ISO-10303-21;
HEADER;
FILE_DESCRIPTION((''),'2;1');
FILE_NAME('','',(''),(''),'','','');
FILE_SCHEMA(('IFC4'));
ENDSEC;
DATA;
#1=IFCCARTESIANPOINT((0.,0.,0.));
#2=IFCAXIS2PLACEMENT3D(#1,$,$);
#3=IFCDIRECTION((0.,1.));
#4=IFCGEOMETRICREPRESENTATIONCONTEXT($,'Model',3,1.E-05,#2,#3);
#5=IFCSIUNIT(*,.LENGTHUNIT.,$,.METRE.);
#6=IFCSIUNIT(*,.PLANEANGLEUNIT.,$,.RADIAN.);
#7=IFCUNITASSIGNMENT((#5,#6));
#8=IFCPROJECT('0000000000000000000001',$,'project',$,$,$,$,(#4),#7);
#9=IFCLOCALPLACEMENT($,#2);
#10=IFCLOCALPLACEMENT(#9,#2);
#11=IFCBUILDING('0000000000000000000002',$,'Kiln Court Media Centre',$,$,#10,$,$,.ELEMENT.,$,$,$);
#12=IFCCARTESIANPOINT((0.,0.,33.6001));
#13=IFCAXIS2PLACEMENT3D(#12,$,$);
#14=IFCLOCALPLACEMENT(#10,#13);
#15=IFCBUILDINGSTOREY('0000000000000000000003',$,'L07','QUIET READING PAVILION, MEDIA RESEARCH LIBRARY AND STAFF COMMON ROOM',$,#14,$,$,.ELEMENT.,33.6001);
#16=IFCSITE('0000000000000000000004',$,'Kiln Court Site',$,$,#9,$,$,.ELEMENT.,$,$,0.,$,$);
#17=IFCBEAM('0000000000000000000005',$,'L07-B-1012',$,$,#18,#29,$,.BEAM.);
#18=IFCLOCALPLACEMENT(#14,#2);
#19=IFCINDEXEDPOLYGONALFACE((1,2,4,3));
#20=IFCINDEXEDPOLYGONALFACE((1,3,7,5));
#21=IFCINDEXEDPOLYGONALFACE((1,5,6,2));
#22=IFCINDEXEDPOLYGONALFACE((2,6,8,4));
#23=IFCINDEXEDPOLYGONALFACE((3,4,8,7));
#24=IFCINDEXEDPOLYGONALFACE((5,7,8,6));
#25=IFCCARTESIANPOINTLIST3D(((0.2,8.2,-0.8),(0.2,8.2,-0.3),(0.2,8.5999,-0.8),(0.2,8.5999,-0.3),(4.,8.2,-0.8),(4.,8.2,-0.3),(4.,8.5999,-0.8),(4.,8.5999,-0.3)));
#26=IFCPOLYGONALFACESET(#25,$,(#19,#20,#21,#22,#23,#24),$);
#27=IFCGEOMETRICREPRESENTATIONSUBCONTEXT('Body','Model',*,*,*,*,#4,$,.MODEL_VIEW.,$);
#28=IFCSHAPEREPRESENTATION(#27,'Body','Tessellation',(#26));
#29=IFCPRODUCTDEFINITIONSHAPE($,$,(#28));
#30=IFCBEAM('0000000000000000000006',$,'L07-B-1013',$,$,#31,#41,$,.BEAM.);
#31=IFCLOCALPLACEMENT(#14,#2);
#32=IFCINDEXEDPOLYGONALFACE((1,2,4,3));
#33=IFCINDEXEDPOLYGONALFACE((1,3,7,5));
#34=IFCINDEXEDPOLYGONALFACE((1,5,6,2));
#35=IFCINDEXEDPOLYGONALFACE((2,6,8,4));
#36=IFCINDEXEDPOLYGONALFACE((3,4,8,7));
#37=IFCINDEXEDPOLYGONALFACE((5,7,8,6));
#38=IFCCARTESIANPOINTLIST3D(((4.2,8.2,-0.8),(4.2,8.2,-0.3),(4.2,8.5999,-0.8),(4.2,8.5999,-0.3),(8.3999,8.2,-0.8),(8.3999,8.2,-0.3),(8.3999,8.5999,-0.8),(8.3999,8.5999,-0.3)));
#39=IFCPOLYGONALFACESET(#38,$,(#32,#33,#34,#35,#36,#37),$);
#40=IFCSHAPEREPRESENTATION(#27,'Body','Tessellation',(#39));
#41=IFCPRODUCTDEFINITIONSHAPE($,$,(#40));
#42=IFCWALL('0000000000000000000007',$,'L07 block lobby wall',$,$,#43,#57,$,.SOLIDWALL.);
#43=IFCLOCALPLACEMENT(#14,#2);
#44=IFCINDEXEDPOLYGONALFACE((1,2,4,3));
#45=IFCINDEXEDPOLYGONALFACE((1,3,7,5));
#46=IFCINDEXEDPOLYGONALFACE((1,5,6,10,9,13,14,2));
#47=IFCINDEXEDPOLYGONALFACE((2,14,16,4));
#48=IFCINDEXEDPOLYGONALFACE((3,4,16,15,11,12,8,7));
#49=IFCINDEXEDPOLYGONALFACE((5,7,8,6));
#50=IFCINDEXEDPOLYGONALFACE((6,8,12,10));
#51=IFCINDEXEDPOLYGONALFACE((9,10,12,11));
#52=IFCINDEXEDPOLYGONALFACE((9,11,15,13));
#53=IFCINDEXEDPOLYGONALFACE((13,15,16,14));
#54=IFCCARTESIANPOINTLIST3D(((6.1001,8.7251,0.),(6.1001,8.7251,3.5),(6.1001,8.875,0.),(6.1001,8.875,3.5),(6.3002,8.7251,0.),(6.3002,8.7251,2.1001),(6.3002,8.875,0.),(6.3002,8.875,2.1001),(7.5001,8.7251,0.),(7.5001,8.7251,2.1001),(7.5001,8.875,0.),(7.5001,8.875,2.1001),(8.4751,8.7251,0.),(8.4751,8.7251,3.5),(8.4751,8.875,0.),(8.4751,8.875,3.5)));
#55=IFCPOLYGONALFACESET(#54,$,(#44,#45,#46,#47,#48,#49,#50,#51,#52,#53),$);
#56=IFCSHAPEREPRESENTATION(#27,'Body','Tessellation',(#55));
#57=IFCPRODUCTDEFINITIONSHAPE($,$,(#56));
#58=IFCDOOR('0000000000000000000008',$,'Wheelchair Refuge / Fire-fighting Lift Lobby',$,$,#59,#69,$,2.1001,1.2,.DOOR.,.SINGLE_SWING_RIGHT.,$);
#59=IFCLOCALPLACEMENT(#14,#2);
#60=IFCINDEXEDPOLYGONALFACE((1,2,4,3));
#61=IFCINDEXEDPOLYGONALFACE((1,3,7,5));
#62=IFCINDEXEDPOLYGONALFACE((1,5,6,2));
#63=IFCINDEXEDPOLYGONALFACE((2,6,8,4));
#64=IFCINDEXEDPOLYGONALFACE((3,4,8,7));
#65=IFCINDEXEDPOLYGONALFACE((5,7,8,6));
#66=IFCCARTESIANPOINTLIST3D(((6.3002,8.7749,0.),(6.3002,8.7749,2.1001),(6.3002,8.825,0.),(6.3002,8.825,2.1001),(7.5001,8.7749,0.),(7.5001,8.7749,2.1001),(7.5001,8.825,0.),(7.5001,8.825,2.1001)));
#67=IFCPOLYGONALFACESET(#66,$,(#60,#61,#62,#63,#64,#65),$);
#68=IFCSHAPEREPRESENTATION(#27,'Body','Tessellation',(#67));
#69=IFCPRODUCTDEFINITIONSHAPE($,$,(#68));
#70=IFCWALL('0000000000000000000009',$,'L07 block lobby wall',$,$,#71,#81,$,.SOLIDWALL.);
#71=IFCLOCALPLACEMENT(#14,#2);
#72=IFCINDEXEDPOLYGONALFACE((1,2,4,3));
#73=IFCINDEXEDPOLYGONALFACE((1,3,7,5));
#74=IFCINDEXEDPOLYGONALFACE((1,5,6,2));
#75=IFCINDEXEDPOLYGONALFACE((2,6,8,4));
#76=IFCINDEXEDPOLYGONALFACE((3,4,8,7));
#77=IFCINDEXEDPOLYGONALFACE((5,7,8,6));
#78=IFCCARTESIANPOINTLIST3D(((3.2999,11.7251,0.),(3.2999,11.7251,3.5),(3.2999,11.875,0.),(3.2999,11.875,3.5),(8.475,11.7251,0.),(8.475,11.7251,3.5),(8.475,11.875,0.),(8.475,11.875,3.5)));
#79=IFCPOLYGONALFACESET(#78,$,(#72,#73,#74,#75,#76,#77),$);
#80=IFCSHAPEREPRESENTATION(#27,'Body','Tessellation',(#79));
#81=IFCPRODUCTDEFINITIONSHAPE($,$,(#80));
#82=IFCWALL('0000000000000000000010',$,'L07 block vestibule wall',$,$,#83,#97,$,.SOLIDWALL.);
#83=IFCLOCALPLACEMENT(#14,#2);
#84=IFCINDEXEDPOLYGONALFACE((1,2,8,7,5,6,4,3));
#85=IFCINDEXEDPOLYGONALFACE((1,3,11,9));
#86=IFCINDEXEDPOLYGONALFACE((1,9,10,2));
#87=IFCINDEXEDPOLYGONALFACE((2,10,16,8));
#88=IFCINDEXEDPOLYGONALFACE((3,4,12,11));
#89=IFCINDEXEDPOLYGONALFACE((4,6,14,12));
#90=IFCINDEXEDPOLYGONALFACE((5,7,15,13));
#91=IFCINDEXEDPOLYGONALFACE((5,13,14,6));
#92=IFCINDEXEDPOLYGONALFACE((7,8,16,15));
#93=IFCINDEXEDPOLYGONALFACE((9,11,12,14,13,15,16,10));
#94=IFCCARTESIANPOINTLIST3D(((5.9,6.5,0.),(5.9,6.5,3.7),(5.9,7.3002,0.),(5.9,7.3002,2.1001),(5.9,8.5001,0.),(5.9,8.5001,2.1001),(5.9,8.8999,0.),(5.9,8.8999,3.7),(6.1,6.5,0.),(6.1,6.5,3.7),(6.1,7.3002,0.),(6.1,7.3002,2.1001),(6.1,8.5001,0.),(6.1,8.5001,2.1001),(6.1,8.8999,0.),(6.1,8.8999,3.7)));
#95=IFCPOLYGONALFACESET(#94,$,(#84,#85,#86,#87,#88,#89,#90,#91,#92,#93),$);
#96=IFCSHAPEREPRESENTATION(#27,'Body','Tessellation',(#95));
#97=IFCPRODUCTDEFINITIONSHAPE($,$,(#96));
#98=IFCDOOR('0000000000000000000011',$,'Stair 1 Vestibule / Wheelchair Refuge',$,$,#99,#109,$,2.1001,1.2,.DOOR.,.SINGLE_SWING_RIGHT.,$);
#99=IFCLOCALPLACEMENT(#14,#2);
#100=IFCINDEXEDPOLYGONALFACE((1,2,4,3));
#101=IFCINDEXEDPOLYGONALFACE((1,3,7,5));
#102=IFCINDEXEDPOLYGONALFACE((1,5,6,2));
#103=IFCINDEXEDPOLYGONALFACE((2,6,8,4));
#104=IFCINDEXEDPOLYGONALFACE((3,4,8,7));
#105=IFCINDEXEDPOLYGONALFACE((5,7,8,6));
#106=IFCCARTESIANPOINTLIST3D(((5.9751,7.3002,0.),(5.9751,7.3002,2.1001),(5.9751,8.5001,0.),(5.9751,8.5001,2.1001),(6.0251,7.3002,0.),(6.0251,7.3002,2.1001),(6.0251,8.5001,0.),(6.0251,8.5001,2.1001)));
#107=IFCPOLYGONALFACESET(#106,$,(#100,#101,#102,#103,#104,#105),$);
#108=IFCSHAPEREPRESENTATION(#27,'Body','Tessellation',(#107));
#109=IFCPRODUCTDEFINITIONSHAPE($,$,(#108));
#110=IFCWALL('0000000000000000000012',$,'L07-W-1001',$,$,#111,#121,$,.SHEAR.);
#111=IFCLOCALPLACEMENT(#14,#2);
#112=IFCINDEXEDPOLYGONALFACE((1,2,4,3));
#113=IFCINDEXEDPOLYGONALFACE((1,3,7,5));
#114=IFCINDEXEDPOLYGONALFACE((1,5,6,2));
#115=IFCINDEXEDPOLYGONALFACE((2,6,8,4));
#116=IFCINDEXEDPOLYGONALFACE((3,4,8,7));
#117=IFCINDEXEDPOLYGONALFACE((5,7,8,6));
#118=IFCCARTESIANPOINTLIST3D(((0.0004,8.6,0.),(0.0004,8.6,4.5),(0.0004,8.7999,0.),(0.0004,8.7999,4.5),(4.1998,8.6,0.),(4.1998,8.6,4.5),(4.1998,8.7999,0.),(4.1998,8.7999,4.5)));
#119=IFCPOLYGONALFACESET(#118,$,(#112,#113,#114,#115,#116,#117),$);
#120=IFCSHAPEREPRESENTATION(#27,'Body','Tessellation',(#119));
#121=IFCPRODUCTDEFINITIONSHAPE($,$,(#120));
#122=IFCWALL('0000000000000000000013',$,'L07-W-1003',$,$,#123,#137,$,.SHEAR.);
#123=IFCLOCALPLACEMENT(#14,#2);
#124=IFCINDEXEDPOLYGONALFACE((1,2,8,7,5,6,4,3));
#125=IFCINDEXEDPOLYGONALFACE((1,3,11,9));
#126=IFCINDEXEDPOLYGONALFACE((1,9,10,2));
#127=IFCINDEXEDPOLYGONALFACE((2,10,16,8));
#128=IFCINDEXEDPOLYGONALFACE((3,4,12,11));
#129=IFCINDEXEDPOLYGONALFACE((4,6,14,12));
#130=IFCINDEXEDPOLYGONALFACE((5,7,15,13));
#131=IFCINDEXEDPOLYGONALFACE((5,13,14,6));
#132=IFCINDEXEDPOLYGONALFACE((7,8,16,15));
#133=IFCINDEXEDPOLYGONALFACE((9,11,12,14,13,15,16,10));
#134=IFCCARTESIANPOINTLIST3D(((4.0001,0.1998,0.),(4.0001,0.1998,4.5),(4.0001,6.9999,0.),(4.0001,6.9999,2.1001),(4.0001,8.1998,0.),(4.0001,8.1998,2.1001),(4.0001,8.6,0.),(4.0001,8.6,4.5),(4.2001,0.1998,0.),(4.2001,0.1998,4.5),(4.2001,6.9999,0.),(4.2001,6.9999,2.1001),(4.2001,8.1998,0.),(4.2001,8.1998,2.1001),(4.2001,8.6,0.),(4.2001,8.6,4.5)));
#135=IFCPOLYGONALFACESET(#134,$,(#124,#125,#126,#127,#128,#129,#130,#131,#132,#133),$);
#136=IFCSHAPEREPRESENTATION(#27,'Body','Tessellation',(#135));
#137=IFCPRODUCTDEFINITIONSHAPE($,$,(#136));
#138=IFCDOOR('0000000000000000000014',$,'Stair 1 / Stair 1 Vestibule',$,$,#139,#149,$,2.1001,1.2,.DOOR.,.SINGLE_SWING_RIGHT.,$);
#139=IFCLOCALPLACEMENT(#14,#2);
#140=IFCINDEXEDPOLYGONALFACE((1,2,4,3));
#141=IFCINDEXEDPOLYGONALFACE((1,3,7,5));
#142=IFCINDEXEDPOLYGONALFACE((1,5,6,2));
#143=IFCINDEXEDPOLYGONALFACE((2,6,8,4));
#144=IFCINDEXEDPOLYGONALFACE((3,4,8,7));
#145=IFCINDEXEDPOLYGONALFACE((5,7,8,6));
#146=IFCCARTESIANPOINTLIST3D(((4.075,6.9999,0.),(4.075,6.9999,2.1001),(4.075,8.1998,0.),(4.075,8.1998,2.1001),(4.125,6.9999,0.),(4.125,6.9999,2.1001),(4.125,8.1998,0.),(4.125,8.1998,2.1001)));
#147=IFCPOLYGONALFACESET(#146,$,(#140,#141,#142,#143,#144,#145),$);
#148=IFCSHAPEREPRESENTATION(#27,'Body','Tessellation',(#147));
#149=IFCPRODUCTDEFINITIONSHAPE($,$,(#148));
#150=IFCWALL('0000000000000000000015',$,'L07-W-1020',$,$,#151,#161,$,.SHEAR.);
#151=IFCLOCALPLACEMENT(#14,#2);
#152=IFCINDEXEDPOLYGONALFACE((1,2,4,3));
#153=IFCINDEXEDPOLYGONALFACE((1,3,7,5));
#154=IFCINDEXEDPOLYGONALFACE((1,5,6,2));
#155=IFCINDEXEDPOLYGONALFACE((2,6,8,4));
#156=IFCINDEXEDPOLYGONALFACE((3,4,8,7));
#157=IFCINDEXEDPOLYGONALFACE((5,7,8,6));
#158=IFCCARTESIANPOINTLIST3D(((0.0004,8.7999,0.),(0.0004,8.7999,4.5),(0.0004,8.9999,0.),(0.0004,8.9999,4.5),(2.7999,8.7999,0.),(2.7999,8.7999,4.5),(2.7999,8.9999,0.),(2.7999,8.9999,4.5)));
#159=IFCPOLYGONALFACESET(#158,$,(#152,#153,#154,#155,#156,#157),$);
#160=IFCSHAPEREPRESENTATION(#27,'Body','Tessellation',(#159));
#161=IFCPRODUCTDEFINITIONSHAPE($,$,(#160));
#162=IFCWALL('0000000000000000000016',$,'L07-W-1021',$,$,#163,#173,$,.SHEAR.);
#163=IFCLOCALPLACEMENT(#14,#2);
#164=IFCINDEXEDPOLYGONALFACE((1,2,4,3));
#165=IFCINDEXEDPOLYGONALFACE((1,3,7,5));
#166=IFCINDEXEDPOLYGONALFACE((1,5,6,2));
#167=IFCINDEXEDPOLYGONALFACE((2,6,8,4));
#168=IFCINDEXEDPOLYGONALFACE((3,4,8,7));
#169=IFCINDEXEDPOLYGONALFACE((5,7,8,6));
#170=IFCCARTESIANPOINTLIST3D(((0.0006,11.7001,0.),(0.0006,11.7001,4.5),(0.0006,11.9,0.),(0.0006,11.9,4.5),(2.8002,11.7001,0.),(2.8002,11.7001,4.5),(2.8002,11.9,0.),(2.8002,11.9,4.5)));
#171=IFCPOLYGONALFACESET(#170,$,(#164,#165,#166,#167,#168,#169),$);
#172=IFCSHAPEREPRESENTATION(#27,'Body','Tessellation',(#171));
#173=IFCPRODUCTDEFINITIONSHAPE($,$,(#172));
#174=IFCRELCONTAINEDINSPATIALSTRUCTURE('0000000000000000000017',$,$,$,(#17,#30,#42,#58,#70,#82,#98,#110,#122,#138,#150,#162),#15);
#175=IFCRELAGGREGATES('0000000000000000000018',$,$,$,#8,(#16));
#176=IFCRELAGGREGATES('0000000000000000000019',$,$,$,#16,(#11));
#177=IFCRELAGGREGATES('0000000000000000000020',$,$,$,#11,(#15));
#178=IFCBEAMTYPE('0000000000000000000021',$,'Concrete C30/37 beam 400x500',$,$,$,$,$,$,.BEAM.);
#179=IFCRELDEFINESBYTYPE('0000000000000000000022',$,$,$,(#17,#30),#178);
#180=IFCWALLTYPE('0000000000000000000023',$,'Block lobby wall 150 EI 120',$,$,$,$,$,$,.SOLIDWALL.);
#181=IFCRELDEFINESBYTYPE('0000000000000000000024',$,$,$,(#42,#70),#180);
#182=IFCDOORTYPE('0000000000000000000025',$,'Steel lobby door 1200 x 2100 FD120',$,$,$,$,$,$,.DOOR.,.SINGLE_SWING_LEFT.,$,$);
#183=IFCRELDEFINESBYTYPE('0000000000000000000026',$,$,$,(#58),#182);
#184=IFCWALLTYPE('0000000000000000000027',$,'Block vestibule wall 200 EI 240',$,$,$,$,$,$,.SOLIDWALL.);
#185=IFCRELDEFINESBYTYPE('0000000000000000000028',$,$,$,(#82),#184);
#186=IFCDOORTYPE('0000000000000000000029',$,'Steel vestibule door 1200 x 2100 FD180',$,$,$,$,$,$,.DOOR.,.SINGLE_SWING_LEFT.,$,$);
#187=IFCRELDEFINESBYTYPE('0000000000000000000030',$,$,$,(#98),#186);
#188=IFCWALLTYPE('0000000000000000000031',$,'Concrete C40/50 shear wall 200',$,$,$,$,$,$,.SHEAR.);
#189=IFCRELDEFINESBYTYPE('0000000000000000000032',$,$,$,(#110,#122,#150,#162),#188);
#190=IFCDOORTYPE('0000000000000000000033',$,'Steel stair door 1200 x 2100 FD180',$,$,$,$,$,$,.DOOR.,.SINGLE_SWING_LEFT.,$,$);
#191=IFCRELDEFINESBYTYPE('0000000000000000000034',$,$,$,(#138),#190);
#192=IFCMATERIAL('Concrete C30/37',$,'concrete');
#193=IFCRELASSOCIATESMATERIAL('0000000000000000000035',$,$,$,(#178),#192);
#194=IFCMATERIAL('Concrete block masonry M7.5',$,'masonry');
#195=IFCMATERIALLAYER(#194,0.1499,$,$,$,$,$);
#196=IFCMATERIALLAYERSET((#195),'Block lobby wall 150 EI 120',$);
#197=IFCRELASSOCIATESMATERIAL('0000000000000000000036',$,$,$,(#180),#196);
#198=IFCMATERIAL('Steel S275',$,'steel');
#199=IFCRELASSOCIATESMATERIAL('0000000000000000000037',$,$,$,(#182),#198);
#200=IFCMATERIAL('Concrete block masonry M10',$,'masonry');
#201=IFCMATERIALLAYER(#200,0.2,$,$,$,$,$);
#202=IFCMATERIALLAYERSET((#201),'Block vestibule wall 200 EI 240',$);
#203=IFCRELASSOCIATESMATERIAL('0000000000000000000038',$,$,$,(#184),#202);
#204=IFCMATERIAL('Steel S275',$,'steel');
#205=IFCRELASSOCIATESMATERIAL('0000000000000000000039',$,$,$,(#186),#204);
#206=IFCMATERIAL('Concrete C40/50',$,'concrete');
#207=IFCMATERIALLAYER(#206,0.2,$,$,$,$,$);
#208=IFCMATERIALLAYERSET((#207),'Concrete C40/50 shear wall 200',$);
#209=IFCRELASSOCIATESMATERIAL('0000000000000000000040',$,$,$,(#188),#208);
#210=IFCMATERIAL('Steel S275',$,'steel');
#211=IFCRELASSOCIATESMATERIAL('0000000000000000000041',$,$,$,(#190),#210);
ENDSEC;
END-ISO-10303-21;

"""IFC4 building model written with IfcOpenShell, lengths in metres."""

from ifc_helpers import new_model, si_unit, direction, frame, frame_2d, origin, origin_2d, place, context, subcontext, project, spatial, rectangle, extrude, material, layer, layer_set, material_profile, profile_set, type_object, element, fill, save


model = new_model("IFC4")

# Units and contexts
model_context = context("Model", 3, precision=1e-05, world=origin(), true_north=direction((0.0, 1.0)))
body_context = subcontext(model_context, "Body", "Model", "MODEL_VIEW")
ifc_project = project(units=[si_unit("LENGTHUNIT", "METRE"), si_unit("PLANEANGLEUNIT", "RADIAN")], contexts=[model_context])

# Site, building, storey
site_placement = place(None, origin())
site = spatial("IfcSite", under=ifc_project, at=site_placement, Name="Kiln Court Site", CompositionType="ELEMENT", RefElevation=0.0)
building_placement = place(site_placement, origin())
building = spatial("IfcBuilding", under=site, at=building_placement, Name="Kiln Court Media Centre", CompositionType="ELEMENT")
storey_placement = place(building_placement, frame((0.0, 0.0, 33.6001)))
storey = spatial("IfcBuildingStorey", under=building, at=storey_placement, Name="L07", Description="QUIET READING PAVILION, MEDIA RESEARCH LIBRARY AND STAFF COMMON ROOM", CompositionType="ELEMENT", Elevation=33.6001)

# Beams
ifc_material_1 = material(Name="Concrete C30/37", Category="concrete")
ifc_material_profile = material_profile(ifc_material_1, rectangle(XDim=0.3999, YDim=0.5, at=origin_2d()), Name="RC 400x500")
ifc_profile_set = profile_set([ifc_material_profile], Name="Concrete C30/37")
beam_type = type_object("IfcBeamType", Name="Concrete C30/37 beam 400x500", PredefinedType="BEAM", material=ifc_profile_set)
beam_1_placement = place(storey_placement, frame((0.2, 8.3999, -0.55), z_axis=(1.0, 0.0, 0.0), x_axis=(0.0, 1.0, 0.0)))
element("IfcBeam", 1, at=beam_1_placement, inside=storey, type_object=beam_type, Name="L07-B-1012", PredefinedType="BEAM", context=body_context, shape_type="SweptSolid", body=[
    extrude(rectangle(XDim=0.3999, YDim=0.5, at=origin_2d()), origin(), (0.0, 0.0, 1.0), 3.8),
])
beam_2_placement = place(storey_placement, frame((4.2, 8.3999, -0.55), z_axis=(1.0, 0.0, 0.0), x_axis=(0.0, 1.0, 0.0)))
element("IfcBeam", 2, at=beam_2_placement, inside=storey, type_object=beam_type, Name="L07-B-1013", PredefinedType="BEAM", context=body_context, shape_type="SweptSolid", body=[
    extrude(rectangle(XDim=0.3999, YDim=0.5, at=origin_2d()), origin(), (0.0, 0.0, 1.0), 4.2),
])

# Wall, opening, door
ifc_material_2 = material(Name="Concrete block masonry M7.5", Category="masonry")
ifc_layer_1 = layer(ifc_material_2, 0.1499)
ifc_layer_set_1 = layer_set([ifc_layer_1], Name="Block lobby wall 150 EI 120")
wall_type_1 = type_object("IfcWallType", Name="Block lobby wall 150 EI 120", PredefinedType="SOLIDWALL", material=ifc_layer_set_1)
wall_1_placement = place(storey_placement, frame((6.1001, 8.8, 0.0), z_axis=(0.0, 0.0, 1.0), x_axis=(1.0, 0.0, 0.0)))
wall_1 = element("IfcWall", 3, at=wall_1_placement, inside=storey, type_object=wall_type_1, Name="L07 block lobby wall", PredefinedType="SOLIDWALL", context=body_context, shape_type="SweptSolid", body=[
    extrude(rectangle(XDim=2.375, YDim=0.1499, at=frame_2d((1.1875, 0.0))), origin(), (0.0, 0.0, 1.0), 3.5),
])
opening_1_placement = place(wall_1_placement, frame((0.2, 0.0, 0.0)))
opening_1 = element("IfcOpeningElement", 4, at=opening_1_placement, cuts=wall_1, PredefinedType="OPENING", context=body_context, shape_type="SweptSolid", body=[
    extrude(rectangle(XDim=1.2, YDim=2.1001, at=frame_2d((0.6001, 1.05))), frame((0.0, 0.085, 0.0), z_axis=(0.0, -1.0, 0.0), x_axis=(1.0, 0.0, 0.0)), (0.0, 0.0, 1.0), 0.1699),
])
ifc_material_3 = material(Name="Steel S275", Category="steel")
door_type_1 = type_object("IfcDoorType", Name="Steel lobby door 1200 x 2100 FD120", OperationType="SINGLE_SWING_LEFT", PredefinedType="DOOR", material=ifc_material_3)
door_1_placement = place(opening_1_placement, origin())
door_1 = element("IfcDoor", 5, at=door_1_placement, inside=storey, type_object=door_type_1, Name="Wheelchair Refuge / Fire-fighting Lift Lobby", OperationType="SINGLE_SWING_RIGHT", OverallHeight=2.1001, OverallWidth=1.2, PredefinedType="DOOR", context=body_context, shape_type="SweptSolid", body=[
    extrude(rectangle(XDim=1.2, YDim=2.1001, at=frame_2d((0.6001, 1.05))), frame((0.0, 0.0249, 0.0), z_axis=(0.0, -1.0, 0.0), x_axis=(1.0, 0.0, 0.0)), (0.0, 0.0, 1.0), 0.05),
])
fill(opening_1, door_1)

# Wall
wall_2_placement = place(storey_placement, frame((3.3, 11.8, 0.0), z_axis=(0.0, 0.0, 1.0), x_axis=(1.0, 0.0, 0.0)))
element("IfcWall", 6, at=wall_2_placement, inside=storey, type_object=wall_type_1, Name="L07 block lobby wall", PredefinedType="SOLIDWALL", context=body_context, shape_type="SweptSolid", body=[
    extrude(rectangle(XDim=5.175, YDim=0.1499, at=frame_2d((2.5874, 0.0))), origin(), (0.0, 0.0, 1.0), 3.5),
])

# Wall, opening, door
ifc_material_4 = material(Name="Concrete block masonry M10", Category="masonry")
ifc_layer_2 = layer(ifc_material_4, 0.2)
ifc_layer_set_2 = layer_set([ifc_layer_2], Name="Block vestibule wall 200 EI 240")
wall_type_2 = type_object("IfcWallType", Name="Block vestibule wall 200 EI 240", PredefinedType="SOLIDWALL", material=ifc_layer_set_2)
wall_3_placement = place(storey_placement, frame((6.0, 6.5, 0.0), z_axis=(0.0, 0.0, 1.0), x_axis=(0.0, 1.0, 0.0)))
wall_3 = element("IfcWall", 7, at=wall_3_placement, inside=storey, type_object=wall_type_2, Name="L07 block vestibule wall", PredefinedType="SOLIDWALL", context=body_context, shape_type="SweptSolid", body=[
    extrude(rectangle(XDim=2.3999, YDim=0.2, at=frame_2d((1.2, 0.0))), origin(), (0.0, 0.0, 1.0), 3.7),
])
opening_2_placement = place(wall_3_placement, frame((0.8, 0.0, 0.0)))
opening_2 = element("IfcOpeningElement", 8, at=opening_2_placement, cuts=wall_3, PredefinedType="OPENING", context=body_context, shape_type="SweptSolid", body=[
    extrude(rectangle(XDim=1.2, YDim=2.1001, at=frame_2d((0.6001, 1.05))), frame((0.0, 0.1099, 0.0), z_axis=(0.0, -1.0, 0.0), x_axis=(1.0, 0.0, 0.0)), (0.0, 0.0, 1.0), 0.22),
])
ifc_material_5 = material(Name="Steel S275", Category="steel")
door_type_2 = type_object("IfcDoorType", Name="Steel vestibule door 1200 x 2100 FD180", OperationType="SINGLE_SWING_LEFT", PredefinedType="DOOR", material=ifc_material_5)
door_2_placement = place(opening_2_placement, origin())
door_2 = element("IfcDoor", 9, at=door_2_placement, inside=storey, type_object=door_type_2, Name="Stair 1 Vestibule / Wheelchair Refuge", OperationType="SINGLE_SWING_RIGHT", OverallHeight=2.1001, OverallWidth=1.2, PredefinedType="DOOR", context=body_context, shape_type="SweptSolid", body=[
    extrude(rectangle(XDim=1.2, YDim=2.1001, at=frame_2d((0.6001, 1.05))), frame((0.0, 0.0249, 0.0), z_axis=(0.0, -1.0, 0.0), x_axis=(1.0, 0.0, 0.0)), (0.0, 0.0, 1.0), 0.05),
])
fill(opening_2, door_2)

# Wall
ifc_material_6 = material(Name="Concrete C40/50", Category="concrete")
ifc_layer_3 = layer(ifc_material_6, 0.2)
ifc_layer_set_3 = layer_set([ifc_layer_3], Name="Concrete C40/50 shear wall 200")
wall_type_3 = type_object("IfcWallType", Name="Concrete C40/50 shear wall 200", PredefinedType="SHEAR", material=ifc_layer_set_3)
wall_4_placement = place(storey_placement, frame((0.0005, 8.7, 0.0), z_axis=(0.0, 0.0, 1.0), x_axis=(1.0, 0.0, 0.0)))
element("IfcWall", 10, at=wall_4_placement, inside=storey, type_object=wall_type_3, Name="L07-W-1001", PredefinedType="SHEAR", context=body_context, shape_type="SweptSolid", body=[
    extrude(rectangle(XDim=4.1995, YDim=0.2, at=frame_2d((2.0996, 0.0))), origin(), (0.0, 0.0, 1.0), 4.5),
])

# Wall, opening, door
wall_5_placement = place(storey_placement, frame((4.1001, 8.6001, 0.0), z_axis=(0.0, 0.0, 1.0), x_axis=(0.0, -1.0, 0.0)))
wall_5 = element("IfcWall", 11, at=wall_5_placement, inside=storey, type_object=wall_type_3, Name="L07-W-1003", PredefinedType="SHEAR", context=body_context, shape_type="SweptSolid", body=[
    extrude(rectangle(XDim=8.4001, YDim=0.2, at=frame_2d((4.2002, 0.0))), origin(), (0.0, 0.0, 1.0), 4.5),
])
opening_3_placement = place(wall_5_placement, frame((0.4001, 0.0, 0.0)))
opening_3 = element("IfcOpeningElement", 12, at=opening_3_placement, cuts=wall_5, PredefinedType="OPENING", context=body_context, shape_type="SweptSolid", body=[
    extrude(rectangle(XDim=1.2, YDim=2.1001, at=frame_2d((0.6001, 1.05))), frame((0.0, 0.1099, 0.0), z_axis=(0.0, -1.0, 0.0), x_axis=(1.0, 0.0, 0.0)), (0.0, 0.0, 1.0), 0.22),
])
ifc_material_7 = material(Name="Steel S275", Category="steel")
door_type_3 = type_object("IfcDoorType", Name="Steel stair door 1200 x 2100 FD180", OperationType="SINGLE_SWING_LEFT", PredefinedType="DOOR", material=ifc_material_7)
door_3_placement = place(opening_3_placement, origin())
door_3 = element("IfcDoor", 13, at=door_3_placement, inside=storey, type_object=door_type_3, Name="Stair 1 / Stair 1 Vestibule", OperationType="SINGLE_SWING_RIGHT", OverallHeight=2.1001, OverallWidth=1.2, PredefinedType="DOOR", context=body_context, shape_type="SweptSolid", body=[
    extrude(rectangle(XDim=1.2, YDim=2.1001, at=frame_2d((0.6001, 1.05))), frame((0.0, 0.0249, 0.0), z_axis=(0.0, -1.0, 0.0), x_axis=(1.0, 0.0, 0.0)), (0.0, 0.0, 1.0), 0.05),
])
fill(opening_3, door_3)

# Walls
for number, where, z_axis, x_axis, name in (
    (14, (2.8, 8.8999, 0.0), (0.0, 0.0, 1.0), (-1.0, 0.0, 0.0), "L07-W-1020"),
    (15, (0.0005, 11.8, 0.0), (0.0, 0.0, 1.0), (1.0, 0.0, 0.0), "L07-W-1021"),
):
    element("IfcWall", number, at=place(storey_placement, frame(where, z_axis=z_axis, x_axis=x_axis)), inside=storey, type_object=wall_type_3, Name=name, PredefinedType="SHEAR", context=body_context, shape_type="SweptSolid", body=[
        extrude(rectangle(XDim=2.7996, YDim=0.2, at=frame_2d((1.3999, 0.0))), origin(), (0.0, 0.0, 1.0), 4.5),
    ])

save(model, "model.ifc")
